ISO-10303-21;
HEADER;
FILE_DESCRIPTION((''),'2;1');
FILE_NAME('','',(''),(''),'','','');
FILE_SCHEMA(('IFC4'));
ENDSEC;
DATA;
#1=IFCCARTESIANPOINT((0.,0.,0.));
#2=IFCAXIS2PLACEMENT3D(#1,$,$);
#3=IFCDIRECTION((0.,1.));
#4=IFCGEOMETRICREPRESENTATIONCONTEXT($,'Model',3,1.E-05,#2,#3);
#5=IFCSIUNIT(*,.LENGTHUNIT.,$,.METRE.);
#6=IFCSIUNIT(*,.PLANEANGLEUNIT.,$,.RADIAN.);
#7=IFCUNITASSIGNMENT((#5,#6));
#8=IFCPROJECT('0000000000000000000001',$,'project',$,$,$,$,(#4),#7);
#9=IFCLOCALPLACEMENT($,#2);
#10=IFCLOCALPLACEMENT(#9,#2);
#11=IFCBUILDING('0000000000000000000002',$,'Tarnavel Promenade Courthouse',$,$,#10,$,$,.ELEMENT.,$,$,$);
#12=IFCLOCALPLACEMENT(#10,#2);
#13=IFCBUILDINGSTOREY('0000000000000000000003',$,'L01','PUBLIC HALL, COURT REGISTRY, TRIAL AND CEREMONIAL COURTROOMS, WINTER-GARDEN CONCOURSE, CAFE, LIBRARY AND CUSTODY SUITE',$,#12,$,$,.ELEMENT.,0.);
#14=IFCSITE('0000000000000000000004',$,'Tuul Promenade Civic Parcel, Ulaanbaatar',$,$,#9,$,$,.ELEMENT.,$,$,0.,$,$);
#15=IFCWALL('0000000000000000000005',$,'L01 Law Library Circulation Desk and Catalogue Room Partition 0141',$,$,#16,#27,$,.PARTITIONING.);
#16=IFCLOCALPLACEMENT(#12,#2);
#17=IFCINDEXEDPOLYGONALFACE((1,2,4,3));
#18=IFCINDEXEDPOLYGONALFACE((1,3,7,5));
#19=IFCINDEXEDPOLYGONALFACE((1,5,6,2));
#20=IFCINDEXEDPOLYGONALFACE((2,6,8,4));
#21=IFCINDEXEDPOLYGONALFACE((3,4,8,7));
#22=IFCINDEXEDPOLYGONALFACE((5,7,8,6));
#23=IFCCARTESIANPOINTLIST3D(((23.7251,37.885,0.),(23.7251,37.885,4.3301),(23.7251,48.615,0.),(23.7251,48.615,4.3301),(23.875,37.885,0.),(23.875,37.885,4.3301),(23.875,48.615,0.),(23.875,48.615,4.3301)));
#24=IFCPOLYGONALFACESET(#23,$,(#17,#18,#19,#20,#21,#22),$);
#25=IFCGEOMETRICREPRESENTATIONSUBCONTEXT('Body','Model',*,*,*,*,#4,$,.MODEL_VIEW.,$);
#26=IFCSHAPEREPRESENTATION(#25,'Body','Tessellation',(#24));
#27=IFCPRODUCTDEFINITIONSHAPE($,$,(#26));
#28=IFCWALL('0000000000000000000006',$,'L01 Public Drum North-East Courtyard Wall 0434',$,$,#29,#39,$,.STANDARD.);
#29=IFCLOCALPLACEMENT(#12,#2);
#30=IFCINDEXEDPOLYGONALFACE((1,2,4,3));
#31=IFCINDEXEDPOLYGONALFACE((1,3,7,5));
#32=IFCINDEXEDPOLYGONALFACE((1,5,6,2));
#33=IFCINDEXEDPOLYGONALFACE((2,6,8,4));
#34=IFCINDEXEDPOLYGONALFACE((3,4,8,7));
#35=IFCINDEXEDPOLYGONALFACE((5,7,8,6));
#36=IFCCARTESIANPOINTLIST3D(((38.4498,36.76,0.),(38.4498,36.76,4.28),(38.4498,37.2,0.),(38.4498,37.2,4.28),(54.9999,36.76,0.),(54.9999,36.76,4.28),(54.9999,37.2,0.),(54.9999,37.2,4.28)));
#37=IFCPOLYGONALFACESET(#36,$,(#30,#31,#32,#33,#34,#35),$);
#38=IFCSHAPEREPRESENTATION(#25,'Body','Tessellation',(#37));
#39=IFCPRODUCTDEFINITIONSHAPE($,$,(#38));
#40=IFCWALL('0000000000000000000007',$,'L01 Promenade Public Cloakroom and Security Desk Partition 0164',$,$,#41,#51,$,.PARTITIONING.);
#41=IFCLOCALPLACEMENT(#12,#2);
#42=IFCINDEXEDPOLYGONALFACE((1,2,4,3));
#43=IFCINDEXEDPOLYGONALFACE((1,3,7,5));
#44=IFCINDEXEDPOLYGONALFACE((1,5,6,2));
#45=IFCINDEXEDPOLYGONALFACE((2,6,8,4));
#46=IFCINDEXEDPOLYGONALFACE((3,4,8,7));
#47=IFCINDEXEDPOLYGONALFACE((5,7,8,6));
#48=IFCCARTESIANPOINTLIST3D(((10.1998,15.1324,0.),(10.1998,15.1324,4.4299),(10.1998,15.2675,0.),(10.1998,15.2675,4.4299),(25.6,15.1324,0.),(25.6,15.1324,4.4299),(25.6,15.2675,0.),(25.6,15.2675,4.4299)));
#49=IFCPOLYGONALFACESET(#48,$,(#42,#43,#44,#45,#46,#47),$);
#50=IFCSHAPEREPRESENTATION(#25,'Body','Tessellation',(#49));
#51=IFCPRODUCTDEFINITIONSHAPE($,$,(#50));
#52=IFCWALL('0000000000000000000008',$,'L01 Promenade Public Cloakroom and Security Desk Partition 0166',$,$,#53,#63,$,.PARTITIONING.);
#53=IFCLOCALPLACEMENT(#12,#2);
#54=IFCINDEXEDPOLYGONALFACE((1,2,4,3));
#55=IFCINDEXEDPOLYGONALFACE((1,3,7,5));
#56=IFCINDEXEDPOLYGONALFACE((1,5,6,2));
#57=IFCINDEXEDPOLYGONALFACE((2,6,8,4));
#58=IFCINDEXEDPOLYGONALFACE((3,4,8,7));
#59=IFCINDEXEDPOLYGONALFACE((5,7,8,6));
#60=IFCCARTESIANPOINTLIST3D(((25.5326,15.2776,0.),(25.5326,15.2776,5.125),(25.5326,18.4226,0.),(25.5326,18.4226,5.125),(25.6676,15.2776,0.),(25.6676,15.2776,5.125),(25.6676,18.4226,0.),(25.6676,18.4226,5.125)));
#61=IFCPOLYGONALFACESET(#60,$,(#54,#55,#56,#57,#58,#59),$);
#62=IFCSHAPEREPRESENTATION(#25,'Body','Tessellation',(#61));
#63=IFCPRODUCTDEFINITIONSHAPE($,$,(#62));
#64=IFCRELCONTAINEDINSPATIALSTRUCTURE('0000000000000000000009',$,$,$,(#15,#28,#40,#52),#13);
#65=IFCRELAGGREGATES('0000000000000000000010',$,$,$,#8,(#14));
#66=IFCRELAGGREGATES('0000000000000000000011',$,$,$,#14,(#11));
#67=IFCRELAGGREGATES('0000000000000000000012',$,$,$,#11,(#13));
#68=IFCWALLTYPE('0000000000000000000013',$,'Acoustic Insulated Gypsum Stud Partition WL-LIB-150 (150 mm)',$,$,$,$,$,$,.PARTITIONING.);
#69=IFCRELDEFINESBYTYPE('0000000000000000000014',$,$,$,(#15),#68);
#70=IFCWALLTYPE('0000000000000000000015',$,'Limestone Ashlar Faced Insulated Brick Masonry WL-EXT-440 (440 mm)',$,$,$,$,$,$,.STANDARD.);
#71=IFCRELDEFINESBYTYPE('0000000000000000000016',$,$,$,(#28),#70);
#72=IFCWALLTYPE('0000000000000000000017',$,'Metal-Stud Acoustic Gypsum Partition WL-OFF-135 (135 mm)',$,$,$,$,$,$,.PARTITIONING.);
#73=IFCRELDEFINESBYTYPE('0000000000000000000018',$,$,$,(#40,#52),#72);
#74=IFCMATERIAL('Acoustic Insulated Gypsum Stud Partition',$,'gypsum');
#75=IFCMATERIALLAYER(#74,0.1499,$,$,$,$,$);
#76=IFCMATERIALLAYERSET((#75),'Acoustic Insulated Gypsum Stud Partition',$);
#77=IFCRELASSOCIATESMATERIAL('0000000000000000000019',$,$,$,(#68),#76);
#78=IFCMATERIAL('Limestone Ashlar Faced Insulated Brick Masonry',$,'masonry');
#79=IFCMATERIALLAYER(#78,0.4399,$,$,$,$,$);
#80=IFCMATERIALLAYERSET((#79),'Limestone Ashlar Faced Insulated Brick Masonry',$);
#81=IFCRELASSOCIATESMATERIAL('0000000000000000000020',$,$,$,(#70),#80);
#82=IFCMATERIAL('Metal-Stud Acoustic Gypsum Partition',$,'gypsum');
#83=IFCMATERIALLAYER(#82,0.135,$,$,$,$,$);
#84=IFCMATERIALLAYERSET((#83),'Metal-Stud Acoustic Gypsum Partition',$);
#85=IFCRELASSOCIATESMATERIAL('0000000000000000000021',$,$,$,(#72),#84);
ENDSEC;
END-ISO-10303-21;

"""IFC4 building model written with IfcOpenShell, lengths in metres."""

from ifc_helpers import new_model, si_unit, direction, frame, frame_2d, origin, place, context, subcontext, project, spatial, rectangle, extrude, material, layer, layer_set, type_object, element, save


model = new_model("IFC4")

# Units and contexts
model_context = context("Model", 3, precision=1e-05, world=origin(), true_north=direction((0.0, 1.0)))
body_context = subcontext(model_context, "Body", "Model", "MODEL_VIEW")
ifc_project = project(units=[si_unit("LENGTHUNIT", "METRE"), si_unit("PLANEANGLEUNIT", "RADIAN")], contexts=[model_context])

# Site, building, storey
site_placement = place(None, origin())
site = spatial("IfcSite", under=ifc_project, at=site_placement, Name="Tuul Promenade Civic Parcel, Ulaanbaatar", CompositionType="ELEMENT", RefElevation=0.0)
building_placement = place(site_placement, origin())
building = spatial("IfcBuilding", under=site, at=building_placement, Name="Tarnavel Promenade Courthouse", CompositionType="ELEMENT")
storey_placement = place(building_placement, origin())
storey = spatial("IfcBuildingStorey", under=building, at=storey_placement, Name="L01", Description="PUBLIC HALL, COURT REGISTRY, TRIAL AND CEREMONIAL COURTROOMS, WINTER-GARDEN CONCOURSE, CAFE, LIBRARY AND CUSTODY SUITE", CompositionType="ELEMENT", Elevation=0.0)

# Walls
ifc_material_1 = material(Name="Acoustic Insulated Gypsum Stud Partition", Category="gypsum")
ifc_layer_1 = layer(ifc_material_1, 0.1499)
ifc_layer_set_1 = layer_set([ifc_layer_1], Name="Acoustic Insulated Gypsum Stud Partition")
wall_type_1 = type_object("IfcWallType", Name="Acoustic Insulated Gypsum Stud Partition WL-LIB-150 (150 mm)", PredefinedType="PARTITIONING", material=ifc_layer_set_1)
wall_1_placement = place(storey_placement, frame((23.8, 37.885, 0.0), z_axis=(0.0, 0.0, 1.0), x_axis=(0.0, 1.0, 0.0)))
element("IfcWall", 1, at=wall_1_placement, inside=storey, type_object=wall_type_1, Name="L01 Law Library Circulation Desk and Catalogue Room Partition 0141", PredefinedType="PARTITIONING", context=body_context, shape_type="SweptSolid", body=[
    extrude(rectangle(XDim=10.73, YDim=0.1499, at=frame_2d((5.365, 0.0))), origin(), (0.0, 0.0, 1.0), 4.3301),
])
ifc_material_2 = material(Name="Limestone Ashlar Faced Insulated Brick Masonry", Category="masonry")
ifc_layer_2 = layer(ifc_material_2, 0.4399)
ifc_layer_set_2 = layer_set([ifc_layer_2], Name="Limestone Ashlar Faced Insulated Brick Masonry")
wall_type_2 = type_object("IfcWallType", Name="Limestone Ashlar Faced Insulated Brick Masonry WL-EXT-440 (440 mm)", PredefinedType="STANDARD", material=ifc_layer_set_2)
wall_2_placement = place(storey_placement, frame((38.45, 36.98, 0.0), z_axis=(0.0, 0.0, 1.0), x_axis=(1.0, 0.0, 0.0)))
element("IfcWall", 2, at=wall_2_placement, inside=storey, type_object=wall_type_2, Name="L01 Public Drum North-East Courtyard Wall 0434", PredefinedType="STANDARD", context=body_context, shape_type="SweptSolid", body=[
    extrude(rectangle(XDim=16.55, YDim=0.4399, at=frame_2d((8.2749, 0.0))), origin(), (0.0, 0.0, 1.0), 4.28),
])
ifc_material_3 = material(Name="Metal-Stud Acoustic Gypsum Partition", Category="gypsum")
ifc_layer_3 = layer(ifc_material_3, 0.135)
ifc_layer_set_3 = layer_set([ifc_layer_3], Name="Metal-Stud Acoustic Gypsum Partition")
wall_type_3 = type_object("IfcWallType", Name="Metal-Stud Acoustic Gypsum Partition WL-OFF-135 (135 mm)", PredefinedType="PARTITIONING", material=ifc_layer_set_3)
wall_3_placement = place(storey_placement, frame((25.6001, 15.2, 0.0), z_axis=(0.0, 0.0, 1.0), x_axis=(-1.0, 0.0, 0.0)))
element("IfcWall", 3, at=wall_3_placement, inside=storey, type_object=wall_type_3, Name="L01 Promenade Public Cloakroom and Security Desk Partition 0164", PredefinedType="PARTITIONING", context=body_context, shape_type="SweptSolid", body=[
    extrude(rectangle(XDim=15.4001, YDim=0.135, at=frame_2d((7.7002, 0.0))), origin(), (0.0, 0.0, 1.0), 4.4299),
])
wall_4_placement = place(storey_placement, frame((25.6001, 18.4226, 0.0), z_axis=(0.0, 0.0, 1.0), x_axis=(0.0, -1.0, 0.0)))
element("IfcWall", 4, at=wall_4_placement, inside=storey, type_object=wall_type_3, Name="L01 Promenade Public Cloakroom and Security Desk Partition 0166", PredefinedType="PARTITIONING", context=body_context, shape_type="SweptSolid", body=[
    extrude(rectangle(XDim=3.145, YDim=0.135, at=frame_2d((1.5725, 0.0))), origin(), (0.0, 0.0, 1.0), 5.125),
])

save(model, "model.ifc")
